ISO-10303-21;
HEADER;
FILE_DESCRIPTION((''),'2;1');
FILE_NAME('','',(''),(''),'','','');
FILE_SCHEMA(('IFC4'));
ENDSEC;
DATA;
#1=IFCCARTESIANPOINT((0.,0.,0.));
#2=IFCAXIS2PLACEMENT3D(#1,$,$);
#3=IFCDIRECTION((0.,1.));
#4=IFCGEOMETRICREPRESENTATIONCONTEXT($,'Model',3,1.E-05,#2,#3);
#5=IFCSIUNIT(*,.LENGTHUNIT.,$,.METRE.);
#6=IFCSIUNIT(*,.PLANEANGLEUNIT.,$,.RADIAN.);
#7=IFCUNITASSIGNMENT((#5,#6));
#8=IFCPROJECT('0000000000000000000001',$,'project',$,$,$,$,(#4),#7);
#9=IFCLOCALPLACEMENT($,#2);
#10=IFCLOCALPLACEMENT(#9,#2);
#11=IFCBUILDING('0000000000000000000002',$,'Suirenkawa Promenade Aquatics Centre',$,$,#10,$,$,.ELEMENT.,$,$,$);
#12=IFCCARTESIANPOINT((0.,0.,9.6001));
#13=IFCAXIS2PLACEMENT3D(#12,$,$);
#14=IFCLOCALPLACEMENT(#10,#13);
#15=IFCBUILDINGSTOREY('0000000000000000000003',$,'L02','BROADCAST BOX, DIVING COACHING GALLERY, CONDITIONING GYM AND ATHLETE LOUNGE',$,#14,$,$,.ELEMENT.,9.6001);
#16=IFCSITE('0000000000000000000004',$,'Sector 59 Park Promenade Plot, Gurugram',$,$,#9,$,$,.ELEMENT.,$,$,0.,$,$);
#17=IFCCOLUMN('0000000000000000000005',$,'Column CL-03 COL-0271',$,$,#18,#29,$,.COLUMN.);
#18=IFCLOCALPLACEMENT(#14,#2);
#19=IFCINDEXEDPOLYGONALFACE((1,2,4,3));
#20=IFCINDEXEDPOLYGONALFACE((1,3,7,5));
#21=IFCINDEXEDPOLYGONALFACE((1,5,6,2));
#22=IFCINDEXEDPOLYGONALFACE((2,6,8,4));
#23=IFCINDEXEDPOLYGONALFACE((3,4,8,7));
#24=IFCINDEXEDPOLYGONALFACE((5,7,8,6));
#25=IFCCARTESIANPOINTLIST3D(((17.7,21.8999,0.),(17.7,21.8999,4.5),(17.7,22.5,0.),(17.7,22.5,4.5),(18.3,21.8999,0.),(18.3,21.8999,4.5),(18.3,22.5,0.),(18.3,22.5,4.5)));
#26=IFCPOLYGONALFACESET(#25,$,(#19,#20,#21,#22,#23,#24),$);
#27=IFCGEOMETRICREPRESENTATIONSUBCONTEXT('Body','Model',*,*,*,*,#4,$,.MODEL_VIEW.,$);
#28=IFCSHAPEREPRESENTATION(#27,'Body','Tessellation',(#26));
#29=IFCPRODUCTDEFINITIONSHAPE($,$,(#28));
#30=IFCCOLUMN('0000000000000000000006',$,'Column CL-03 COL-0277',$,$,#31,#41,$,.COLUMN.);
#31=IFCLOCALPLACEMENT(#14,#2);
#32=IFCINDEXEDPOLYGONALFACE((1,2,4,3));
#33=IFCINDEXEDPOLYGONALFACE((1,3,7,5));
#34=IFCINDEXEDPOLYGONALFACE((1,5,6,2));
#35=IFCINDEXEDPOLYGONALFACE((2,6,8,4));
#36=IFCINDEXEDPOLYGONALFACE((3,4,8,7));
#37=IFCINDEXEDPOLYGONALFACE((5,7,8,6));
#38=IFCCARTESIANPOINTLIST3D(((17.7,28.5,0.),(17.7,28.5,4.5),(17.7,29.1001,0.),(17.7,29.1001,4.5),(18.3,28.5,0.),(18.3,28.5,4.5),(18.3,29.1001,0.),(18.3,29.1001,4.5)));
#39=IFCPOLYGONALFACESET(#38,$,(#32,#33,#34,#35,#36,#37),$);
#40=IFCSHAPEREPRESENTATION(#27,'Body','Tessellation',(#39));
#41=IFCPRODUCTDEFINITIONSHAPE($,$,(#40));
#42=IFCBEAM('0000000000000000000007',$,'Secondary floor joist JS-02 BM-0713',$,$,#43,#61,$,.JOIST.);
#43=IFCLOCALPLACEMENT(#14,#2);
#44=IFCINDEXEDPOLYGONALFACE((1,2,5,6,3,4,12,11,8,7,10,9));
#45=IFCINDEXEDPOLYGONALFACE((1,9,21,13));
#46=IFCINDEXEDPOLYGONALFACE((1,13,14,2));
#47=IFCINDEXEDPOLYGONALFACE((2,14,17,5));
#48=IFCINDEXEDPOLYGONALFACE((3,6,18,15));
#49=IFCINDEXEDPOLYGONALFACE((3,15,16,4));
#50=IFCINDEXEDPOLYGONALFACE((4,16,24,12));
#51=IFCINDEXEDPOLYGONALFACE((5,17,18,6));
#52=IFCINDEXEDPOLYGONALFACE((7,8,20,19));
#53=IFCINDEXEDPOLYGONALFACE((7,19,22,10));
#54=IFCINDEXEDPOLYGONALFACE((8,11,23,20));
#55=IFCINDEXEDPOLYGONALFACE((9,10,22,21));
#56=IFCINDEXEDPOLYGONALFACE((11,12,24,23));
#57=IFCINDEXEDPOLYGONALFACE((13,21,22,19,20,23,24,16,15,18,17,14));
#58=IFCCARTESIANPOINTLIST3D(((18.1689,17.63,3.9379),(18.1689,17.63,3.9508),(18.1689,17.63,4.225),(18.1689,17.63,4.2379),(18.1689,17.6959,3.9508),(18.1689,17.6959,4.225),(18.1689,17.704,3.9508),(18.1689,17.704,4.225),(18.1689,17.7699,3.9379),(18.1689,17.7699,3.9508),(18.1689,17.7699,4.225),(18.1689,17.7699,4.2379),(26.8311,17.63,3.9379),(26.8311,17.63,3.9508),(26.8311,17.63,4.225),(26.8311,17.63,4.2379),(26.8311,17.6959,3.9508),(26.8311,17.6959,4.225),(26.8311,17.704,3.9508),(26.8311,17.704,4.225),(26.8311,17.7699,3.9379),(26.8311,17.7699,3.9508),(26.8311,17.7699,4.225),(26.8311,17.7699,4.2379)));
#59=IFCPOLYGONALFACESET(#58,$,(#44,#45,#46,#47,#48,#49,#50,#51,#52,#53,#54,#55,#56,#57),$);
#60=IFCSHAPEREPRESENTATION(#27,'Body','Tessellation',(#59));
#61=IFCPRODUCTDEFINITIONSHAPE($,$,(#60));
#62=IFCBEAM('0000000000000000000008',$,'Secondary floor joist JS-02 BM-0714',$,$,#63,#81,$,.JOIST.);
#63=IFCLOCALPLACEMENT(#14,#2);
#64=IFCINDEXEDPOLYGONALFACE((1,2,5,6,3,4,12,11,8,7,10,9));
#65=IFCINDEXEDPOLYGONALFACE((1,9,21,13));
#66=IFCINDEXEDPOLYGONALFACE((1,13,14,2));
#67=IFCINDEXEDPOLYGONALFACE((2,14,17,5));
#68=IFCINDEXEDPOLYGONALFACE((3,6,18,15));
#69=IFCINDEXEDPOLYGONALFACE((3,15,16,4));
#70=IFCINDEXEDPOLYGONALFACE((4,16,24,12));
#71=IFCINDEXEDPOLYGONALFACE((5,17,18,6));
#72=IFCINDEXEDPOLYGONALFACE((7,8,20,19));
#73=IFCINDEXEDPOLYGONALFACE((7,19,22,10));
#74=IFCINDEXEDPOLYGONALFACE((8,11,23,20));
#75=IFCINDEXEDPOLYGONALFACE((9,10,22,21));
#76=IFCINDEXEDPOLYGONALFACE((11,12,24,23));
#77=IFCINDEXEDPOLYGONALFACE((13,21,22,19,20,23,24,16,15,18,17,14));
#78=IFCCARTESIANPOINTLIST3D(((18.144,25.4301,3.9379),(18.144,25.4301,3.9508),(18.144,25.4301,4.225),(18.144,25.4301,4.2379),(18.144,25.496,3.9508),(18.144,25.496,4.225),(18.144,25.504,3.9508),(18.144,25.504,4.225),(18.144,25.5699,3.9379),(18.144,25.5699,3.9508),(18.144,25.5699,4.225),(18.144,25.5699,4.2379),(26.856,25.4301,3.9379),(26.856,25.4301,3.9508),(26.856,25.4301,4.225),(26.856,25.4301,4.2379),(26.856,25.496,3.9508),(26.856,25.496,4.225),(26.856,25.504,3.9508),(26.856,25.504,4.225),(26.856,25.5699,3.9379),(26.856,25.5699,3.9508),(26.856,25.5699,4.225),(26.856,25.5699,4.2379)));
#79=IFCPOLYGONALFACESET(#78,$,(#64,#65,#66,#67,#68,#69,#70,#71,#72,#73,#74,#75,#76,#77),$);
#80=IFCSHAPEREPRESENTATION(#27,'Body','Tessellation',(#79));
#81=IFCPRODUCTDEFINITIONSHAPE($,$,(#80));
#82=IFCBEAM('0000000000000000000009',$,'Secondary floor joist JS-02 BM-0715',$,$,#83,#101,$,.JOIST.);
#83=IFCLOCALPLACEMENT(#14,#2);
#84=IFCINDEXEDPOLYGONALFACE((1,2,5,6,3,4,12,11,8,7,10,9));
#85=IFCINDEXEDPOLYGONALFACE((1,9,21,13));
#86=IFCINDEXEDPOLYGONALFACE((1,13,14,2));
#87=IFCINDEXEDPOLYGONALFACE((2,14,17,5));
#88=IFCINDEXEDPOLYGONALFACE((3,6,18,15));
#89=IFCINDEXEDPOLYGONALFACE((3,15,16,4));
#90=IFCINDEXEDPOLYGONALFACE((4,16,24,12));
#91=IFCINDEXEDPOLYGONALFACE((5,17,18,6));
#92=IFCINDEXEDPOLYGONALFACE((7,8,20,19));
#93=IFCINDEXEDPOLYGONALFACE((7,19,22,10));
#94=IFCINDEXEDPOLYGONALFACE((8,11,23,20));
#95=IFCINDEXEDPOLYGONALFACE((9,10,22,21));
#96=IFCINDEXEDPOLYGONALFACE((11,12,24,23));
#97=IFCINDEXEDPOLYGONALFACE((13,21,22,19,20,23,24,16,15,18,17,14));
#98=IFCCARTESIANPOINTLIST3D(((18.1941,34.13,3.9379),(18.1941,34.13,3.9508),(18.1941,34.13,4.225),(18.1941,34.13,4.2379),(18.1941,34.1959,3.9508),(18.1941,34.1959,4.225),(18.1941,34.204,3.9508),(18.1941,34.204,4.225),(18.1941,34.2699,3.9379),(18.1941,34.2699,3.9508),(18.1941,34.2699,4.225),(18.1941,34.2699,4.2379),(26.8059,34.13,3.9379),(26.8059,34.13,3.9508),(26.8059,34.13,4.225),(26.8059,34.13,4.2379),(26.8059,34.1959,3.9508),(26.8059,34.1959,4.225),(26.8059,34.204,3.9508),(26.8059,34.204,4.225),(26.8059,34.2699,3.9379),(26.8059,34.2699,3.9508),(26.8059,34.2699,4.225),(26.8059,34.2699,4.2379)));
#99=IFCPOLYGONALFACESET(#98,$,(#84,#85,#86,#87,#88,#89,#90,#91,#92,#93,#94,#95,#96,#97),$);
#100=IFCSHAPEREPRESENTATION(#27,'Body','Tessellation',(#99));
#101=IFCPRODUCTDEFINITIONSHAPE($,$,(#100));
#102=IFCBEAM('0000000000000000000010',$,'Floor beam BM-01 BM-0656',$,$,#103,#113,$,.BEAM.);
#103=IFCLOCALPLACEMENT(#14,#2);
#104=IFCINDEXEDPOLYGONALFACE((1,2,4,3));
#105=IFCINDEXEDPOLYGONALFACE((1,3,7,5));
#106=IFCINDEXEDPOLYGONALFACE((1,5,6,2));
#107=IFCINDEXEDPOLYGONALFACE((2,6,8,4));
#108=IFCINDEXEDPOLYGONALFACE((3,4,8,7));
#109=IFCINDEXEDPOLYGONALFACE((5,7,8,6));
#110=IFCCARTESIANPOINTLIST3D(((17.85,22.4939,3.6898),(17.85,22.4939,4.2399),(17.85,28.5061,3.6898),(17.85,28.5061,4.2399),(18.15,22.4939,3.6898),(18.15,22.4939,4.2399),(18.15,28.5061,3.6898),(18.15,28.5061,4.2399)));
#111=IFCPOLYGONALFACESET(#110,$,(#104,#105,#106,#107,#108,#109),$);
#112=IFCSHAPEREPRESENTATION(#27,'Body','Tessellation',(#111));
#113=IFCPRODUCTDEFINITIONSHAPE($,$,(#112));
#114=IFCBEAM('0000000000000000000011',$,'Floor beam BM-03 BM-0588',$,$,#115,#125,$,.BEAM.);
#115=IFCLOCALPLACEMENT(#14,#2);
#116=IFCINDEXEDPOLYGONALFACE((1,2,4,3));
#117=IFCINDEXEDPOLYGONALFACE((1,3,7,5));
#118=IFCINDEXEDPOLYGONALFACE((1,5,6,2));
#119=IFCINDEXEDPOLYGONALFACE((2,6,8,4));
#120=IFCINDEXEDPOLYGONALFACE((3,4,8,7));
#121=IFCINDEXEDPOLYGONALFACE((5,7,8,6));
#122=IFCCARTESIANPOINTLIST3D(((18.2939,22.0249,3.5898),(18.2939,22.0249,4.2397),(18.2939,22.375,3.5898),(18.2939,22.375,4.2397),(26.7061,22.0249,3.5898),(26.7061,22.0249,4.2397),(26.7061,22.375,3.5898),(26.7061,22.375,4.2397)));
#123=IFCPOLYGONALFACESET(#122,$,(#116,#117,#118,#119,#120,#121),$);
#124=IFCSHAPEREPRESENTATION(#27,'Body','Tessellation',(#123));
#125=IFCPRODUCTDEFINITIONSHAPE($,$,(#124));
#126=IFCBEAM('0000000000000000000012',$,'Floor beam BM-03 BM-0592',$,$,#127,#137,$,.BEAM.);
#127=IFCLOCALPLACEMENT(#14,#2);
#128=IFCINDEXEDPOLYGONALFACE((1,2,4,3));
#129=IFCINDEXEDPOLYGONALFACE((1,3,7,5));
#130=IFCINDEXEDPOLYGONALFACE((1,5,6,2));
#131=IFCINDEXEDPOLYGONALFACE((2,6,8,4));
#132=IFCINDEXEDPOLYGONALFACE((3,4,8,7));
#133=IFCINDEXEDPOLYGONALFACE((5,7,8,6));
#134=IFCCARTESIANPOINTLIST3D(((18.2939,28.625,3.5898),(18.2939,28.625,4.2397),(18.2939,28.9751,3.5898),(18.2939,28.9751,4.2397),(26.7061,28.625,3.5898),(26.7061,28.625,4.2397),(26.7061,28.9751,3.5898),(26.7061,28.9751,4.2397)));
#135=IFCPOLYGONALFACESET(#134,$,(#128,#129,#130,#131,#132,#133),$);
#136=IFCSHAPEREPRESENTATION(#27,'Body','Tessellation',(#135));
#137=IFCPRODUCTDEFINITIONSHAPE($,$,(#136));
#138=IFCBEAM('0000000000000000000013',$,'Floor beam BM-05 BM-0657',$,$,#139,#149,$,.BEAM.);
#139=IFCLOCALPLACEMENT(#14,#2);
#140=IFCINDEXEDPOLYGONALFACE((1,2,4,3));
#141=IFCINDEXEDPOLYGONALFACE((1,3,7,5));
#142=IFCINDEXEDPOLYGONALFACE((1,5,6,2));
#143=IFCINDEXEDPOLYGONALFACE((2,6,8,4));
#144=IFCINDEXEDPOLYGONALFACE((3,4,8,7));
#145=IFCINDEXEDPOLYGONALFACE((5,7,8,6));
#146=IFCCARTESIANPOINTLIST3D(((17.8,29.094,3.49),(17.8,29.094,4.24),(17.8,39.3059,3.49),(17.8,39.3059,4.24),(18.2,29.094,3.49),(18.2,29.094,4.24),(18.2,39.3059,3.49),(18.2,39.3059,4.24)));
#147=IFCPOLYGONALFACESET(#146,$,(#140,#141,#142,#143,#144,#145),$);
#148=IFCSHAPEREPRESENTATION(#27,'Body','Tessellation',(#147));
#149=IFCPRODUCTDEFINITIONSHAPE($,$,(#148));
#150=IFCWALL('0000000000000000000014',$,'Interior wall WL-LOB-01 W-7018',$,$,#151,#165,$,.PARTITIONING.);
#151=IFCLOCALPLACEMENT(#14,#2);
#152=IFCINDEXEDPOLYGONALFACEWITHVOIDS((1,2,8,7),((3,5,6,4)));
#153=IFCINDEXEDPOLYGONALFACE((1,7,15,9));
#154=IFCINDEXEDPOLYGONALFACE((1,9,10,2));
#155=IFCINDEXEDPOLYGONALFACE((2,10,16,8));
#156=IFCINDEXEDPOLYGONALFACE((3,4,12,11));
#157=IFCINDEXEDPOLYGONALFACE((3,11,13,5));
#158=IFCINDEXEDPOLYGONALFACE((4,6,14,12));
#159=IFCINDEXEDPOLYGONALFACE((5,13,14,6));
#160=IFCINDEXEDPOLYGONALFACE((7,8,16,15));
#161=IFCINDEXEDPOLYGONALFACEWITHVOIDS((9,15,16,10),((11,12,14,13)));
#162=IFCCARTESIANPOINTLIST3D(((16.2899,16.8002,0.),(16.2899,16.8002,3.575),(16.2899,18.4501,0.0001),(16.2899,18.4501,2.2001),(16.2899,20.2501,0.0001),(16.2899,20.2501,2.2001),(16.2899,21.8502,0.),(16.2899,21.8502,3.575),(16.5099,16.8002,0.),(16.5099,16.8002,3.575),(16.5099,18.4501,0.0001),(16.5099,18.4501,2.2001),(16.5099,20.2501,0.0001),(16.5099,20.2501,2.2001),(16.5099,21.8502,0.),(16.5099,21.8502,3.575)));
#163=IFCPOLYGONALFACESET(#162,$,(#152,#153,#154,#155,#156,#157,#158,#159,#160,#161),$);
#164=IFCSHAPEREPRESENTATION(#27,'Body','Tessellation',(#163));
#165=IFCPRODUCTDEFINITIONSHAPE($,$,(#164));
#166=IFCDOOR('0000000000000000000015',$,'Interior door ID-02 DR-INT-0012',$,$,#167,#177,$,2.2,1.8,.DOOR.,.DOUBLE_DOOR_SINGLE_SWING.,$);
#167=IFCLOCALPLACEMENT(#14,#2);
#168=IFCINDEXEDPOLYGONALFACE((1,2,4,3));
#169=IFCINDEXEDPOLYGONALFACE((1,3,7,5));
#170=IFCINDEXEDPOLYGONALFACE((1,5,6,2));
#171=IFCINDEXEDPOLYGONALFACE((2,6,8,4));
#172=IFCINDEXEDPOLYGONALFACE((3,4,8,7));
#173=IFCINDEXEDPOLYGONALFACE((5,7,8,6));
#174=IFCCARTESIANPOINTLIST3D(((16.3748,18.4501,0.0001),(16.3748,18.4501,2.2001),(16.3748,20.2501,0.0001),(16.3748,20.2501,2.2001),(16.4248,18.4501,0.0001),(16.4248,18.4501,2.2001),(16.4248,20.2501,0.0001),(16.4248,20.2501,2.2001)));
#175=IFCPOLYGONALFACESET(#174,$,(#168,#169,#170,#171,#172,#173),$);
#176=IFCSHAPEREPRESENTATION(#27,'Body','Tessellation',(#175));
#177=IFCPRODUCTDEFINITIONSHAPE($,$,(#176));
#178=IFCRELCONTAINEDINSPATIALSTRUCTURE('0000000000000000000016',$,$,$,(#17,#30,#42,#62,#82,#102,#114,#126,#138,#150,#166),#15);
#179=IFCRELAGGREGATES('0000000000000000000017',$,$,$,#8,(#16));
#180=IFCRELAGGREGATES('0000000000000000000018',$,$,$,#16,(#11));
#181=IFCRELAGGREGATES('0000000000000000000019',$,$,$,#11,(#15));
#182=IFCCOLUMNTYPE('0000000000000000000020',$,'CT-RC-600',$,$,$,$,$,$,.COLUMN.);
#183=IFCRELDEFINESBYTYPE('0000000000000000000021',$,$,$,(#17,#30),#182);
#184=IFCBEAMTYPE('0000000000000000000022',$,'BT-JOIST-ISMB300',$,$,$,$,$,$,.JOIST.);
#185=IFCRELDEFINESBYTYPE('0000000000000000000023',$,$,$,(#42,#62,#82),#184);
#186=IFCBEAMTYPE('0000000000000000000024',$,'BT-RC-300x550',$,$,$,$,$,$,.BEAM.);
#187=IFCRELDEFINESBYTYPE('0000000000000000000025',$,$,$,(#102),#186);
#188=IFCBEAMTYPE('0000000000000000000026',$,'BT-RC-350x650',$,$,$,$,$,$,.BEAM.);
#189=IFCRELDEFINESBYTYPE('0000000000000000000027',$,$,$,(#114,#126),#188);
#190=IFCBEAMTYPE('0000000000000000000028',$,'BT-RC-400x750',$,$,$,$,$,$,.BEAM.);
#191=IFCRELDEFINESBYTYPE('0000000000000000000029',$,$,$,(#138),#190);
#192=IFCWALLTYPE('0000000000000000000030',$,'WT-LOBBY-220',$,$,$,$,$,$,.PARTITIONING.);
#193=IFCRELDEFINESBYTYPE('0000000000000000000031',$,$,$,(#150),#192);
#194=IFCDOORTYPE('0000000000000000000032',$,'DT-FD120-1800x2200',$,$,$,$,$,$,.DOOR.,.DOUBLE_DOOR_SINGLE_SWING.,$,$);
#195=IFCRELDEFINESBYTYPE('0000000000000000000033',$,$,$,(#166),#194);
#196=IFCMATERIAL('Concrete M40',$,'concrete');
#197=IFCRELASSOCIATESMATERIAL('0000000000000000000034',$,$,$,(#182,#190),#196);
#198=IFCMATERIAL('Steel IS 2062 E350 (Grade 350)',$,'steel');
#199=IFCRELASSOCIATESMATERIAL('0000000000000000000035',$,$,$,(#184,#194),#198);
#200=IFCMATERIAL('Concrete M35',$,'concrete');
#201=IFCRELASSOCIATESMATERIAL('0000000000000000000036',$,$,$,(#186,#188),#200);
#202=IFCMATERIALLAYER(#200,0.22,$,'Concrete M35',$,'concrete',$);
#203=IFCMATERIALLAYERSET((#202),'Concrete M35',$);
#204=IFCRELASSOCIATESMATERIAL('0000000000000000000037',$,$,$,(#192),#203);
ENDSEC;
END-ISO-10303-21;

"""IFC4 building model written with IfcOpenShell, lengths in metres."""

from ifc_helpers import new_model, si_unit, direction, frame, frame_2d, origin, origin_2d, place, context, subcontext, project, spatial, rectangle, i_section, extrude, material, layer, layer_set, material_profile, profile_set, type_object, element, fill, save


model = new_model("IFC4")

# Units and contexts
model_context = context("Model", 3, precision=1e-05, world=origin(), true_north=direction((0.0, 1.0)))
body_context = subcontext(model_context, "Body", "Model", "MODEL_VIEW")
ifc_project = project(units=[si_unit("LENGTHUNIT", "METRE"), si_unit("PLANEANGLEUNIT", "RADIAN")], contexts=[model_context])

# Site, building, storey
site_placement = place(None, origin())
site = spatial("IfcSite", under=ifc_project, at=site_placement, Name="Sector 59 Park Promenade Plot, Gurugram", CompositionType="ELEMENT", RefElevation=0.0)
building_placement = place(site_placement, origin())
building = spatial("IfcBuilding", under=site, at=building_placement, Name="Suirenkawa Promenade Aquatics Centre", CompositionType="ELEMENT")
storey_placement = place(building_placement, frame((0.0, 0.0, 9.6001)))
storey = spatial("IfcBuildingStorey", under=building, at=storey_placement, Name="L02", Description="BROADCAST BOX, DIVING COACHING GALLERY, CONDITIONING GYM AND ATHLETE LOUNGE", CompositionType="ELEMENT", Elevation=9.6001)

# Columns
ifc_material_1 = material(Name="Concrete M40", Category="concrete")
ifc_material_profile_1 = material_profile(ifc_material_1, rectangle(XDim=0.6001, YDim=0.6001, at=origin_2d()), Name="RC COL 600x600", Category="concrete")
ifc_profile_set_1 = profile_set([ifc_material_profile_1], Name="Concrete M40")
column_type = type_object("IfcColumnType", Name="CT-RC-600", PredefinedType="COLUMN", material=ifc_profile_set_1)
for number, where, z_axis, x_axis, name in (
    (1, (18.0, 22.2, 0.0), (0.0, 0.0, 1.0), (1.0, 0.0, 0.0), "Column CL-03 COL-0271"),
    (2, (18.0, 28.8, 0.0), (0.0, 0.0, 1.0), (1.0, 0.0, 0.0), "Column CL-03 COL-0277"),
):
    element("IfcColumn", number, at=place(storey_placement, frame(where, z_axis=z_axis, x_axis=x_axis)), inside=storey, type_object=column_type, Name=name, PredefinedType="COLUMN", context=body_context, shape_type="SweptSolid", body=[
        extrude(rectangle(XDim=0.6001, YDim=0.6001, at=origin_2d()), origin(), (0.0, 0.0, 1.0), 4.5),
    ])

# Beams
ifc_material_2 = material(Name="Steel IS 2062 E350 (Grade 350)", Category="steel")
ifc_material_profile_2 = material_profile(ifc_material_2, i_section(OverallWidth=0.1399, OverallDepth=0.3, WebThickness=0.0081, FlangeThickness=0.0129, at=origin_2d()), Name="ISMB 300", Category="steel")
ifc_profile_set_2 = profile_set([ifc_material_profile_2], Name="Steel IS 2062 E350 (Grade 350)")
beam_type_1 = type_object("IfcBeamType", Name="BT-JOIST-ISMB300", PredefinedType="JOIST", material=ifc_profile_set_2)
beam_1_placement = place(storey_placement, frame((18.1689, 17.7, 4.0879), z_axis=(1.0, 0.0, 0.0), x_axis=(0.0, 1.0, 0.0)))
element("IfcBeam", 3, at=beam_1_placement, inside=storey, type_object=beam_type_1, Name="Secondary floor joist JS-02 BM-0713", PredefinedType="JOIST", context=body_context, shape_type="SweptSolid", body=[
    extrude(i_section(OverallWidth=0.1399, OverallDepth=0.3, WebThickness=0.0081, FlangeThickness=0.0129, at=origin_2d()), origin(), (0.0, 0.0, 1.0), 8.6621),
])
beam_2_placement = place(storey_placement, frame((18.144, 25.5, 4.0879), z_axis=(1.0, 0.0, 0.0), x_axis=(0.0, 1.0, 0.0)))
element("IfcBeam", 4, at=beam_2_placement, inside=storey, type_object=beam_type_1, Name="Secondary floor joist JS-02 BM-0714", PredefinedType="JOIST", context=body_context, shape_type="SweptSolid", body=[
    extrude(i_section(OverallWidth=0.1399, OverallDepth=0.3, WebThickness=0.0081, FlangeThickness=0.0129, at=origin_2d()), origin(), (0.0, 0.0, 1.0), 8.7119),
])
beam_3_placement = place(storey_placement, frame((18.1941, 34.2, 4.0879), z_axis=(1.0, 0.0, 0.0), x_axis=(0.0, 1.0, 0.0)))
element("IfcBeam", 5, at=beam_3_placement, inside=storey, type_object=beam_type_1, Name="Secondary floor joist JS-02 BM-0715", PredefinedType="JOIST", context=body_context, shape_type="SweptSolid", body=[
    extrude(i_section(OverallWidth=0.1399, OverallDepth=0.3, WebThickness=0.0081, FlangeThickness=0.0129, at=origin_2d()), origin(), (0.0, 0.0, 1.0), 8.6118),
])
ifc_material_3 = material(Name="Concrete M35", Category="concrete")
ifc_material_profile_3 = material_profile(ifc_material_3, rectangle(XDim=0.3, YDim=0.55, at=origin_2d()), Name="RC BM 300x550", Category="concrete")
ifc_profile_set_3 = profile_set([ifc_material_profile_3], Name="Concrete M35")
beam_type_2 = type_object("IfcBeamType", Name="BT-RC-300x550", PredefinedType="BEAM", material=ifc_profile_set_3)
beam_4_placement = place(storey_placement, frame((18.0, 22.4939, 3.9648), z_axis=(0.0, 1.0, 0.0), x_axis=(-1.0, 0.0, 0.0)))
element("IfcBeam", 6, at=beam_4_placement, inside=storey, type_object=beam_type_2, Name="Floor beam BM-01 BM-0656", PredefinedType="BEAM", context=body_context, shape_type="SweptSolid", body=[
    extrude(rectangle(XDim=0.3, YDim=0.55, at=origin_2d()), origin(), (0.0, 0.0, 1.0), 6.0122),
])
ifc_material_profile_4 = material_profile(ifc_material_3, rectangle(XDim=0.3501, YDim=0.6499, at=origin_2d()), Name="RC BM 350x650", Category="concrete")
ifc_profile_set_4 = profile_set([ifc_material_profile_4], Name="Concrete M35")
beam_type_3 = type_object("IfcBeamType", Name="BT-RC-350x650", PredefinedType="BEAM", material=ifc_profile_set_4)
for number, where, z_axis, x_axis, name in (
    (7, (18.2939, 22.2, 3.9148), (1.0, 0.0, 0.0), (0.0, 1.0, 0.0), "Floor beam BM-03 BM-0588"),
    (8, (18.2939, 28.8, 3.9148), (1.0, 0.0, 0.0), (0.0, 1.0, 0.0), "Floor beam BM-03 BM-0592"),
):
    element("IfcBeam", number, at=place(storey_placement, frame(where, z_axis=z_axis, x_axis=x_axis)), inside=storey, type_object=beam_type_3, Name=name, PredefinedType="BEAM", context=body_context, shape_type="SweptSolid", body=[
        extrude(rectangle(XDim=0.3501, YDim=0.6499, at=origin_2d()), origin(), (0.0, 0.0, 1.0), 8.4121),
    ])
ifc_material_profile_5 = material_profile(ifc_material_1, rectangle(XDim=0.3999, YDim=0.75, at=origin_2d()), Name="RC BM 400x750", Category="concrete")
ifc_profile_set_5 = profile_set([ifc_material_profile_5], Name="Concrete M40")
beam_type_4 = type_object("IfcBeamType", Name="BT-RC-400x750", PredefinedType="BEAM", material=ifc_profile_set_5)
beam_5_placement = place(storey_placement, frame((18.0, 29.094, 3.865), z_axis=(0.0, 1.0, 0.0), x_axis=(-1.0, 0.0, 0.0)))
element("IfcBeam", 9, at=beam_5_placement, inside=storey, type_object=beam_type_4, Name="Floor beam BM-05 BM-0657", PredefinedType="BEAM", context=body_context, shape_type="SweptSolid", body=[
    extrude(rectangle(XDim=0.3999, YDim=0.75, at=origin_2d()), origin(), (0.0, 0.0, 1.0), 10.2119),
])

# Wall, opening, door
ifc_layer_1 = layer(ifc_material_3, 0.22, Name="Concrete M35", Category="concrete")
ifc_layer_set_1 = layer_set([ifc_layer_1], Name="Concrete M35")
wall_type_1 = type_object("IfcWallType", Name="WT-LOBBY-220", PredefinedType="PARTITIONING", material=ifc_layer_set_1)
wall_1_placement = place(storey_placement, frame((16.3999, 21.8501, 0.0), z_axis=(0.0, 0.0, 1.0), x_axis=(0.0, -1.0, 0.0)))
wall_1 = element("IfcWall", 10, at=wall_1_placement, inside=storey, type_object=wall_type_1, Name="Interior wall WL-LOB-01 W-7018", PredefinedType="PARTITIONING", context=body_context, shape_type="SweptSolid", body=[
    extrude(rectangle(XDim=5.05, YDim=0.22, at=frame_2d((2.5249, 0.0))), origin(), (0.0, 0.0, 1.0), 3.575),
])
opening_1_placement = place(wall_1_placement, frame((1.6001, 0.0, 0.0)))
opening_1 = element("IfcOpeningElement", 11, at=opening_1_placement, cuts=wall_1, PredefinedType="OPENING", context=body_context, shape_type="SweptSolid", body=[
    extrude(rectangle(XDim=1.8, YDim=2.2, at=frame_2d((0.8999, 1.1001))), frame((0.0, 0.1199, 0.0), z_axis=(0.0, -1.0, 0.0), x_axis=(1.0, 0.0, 0.0)), (0.0, 0.0, 1.0), 0.24),
])
door_type_1 = type_object("IfcDoorType", Name="DT-FD120-1800x2200", OperationType="DOUBLE_DOOR_SINGLE_SWING", PredefinedType="DOOR", material=ifc_material_2)
door_1_placement = place(opening_1_placement, origin())
door_1 = element("IfcDoor", 12, at=door_1_placement, inside=storey, type_object=door_type_1, Name="Interior door ID-02 DR-INT-0012", OperationType="DOUBLE_DOOR_SINGLE_SWING", OverallHeight=2.2, OverallWidth=1.8, PredefinedType="DOOR", context=body_context, shape_type="SweptSolid", body=[
    extrude(rectangle(XDim=1.8, YDim=2.2, at=frame_2d((0.8999, 1.1001))), frame((0.0, 0.0249, 0.0), z_axis=(0.0, -1.0, 0.0), x_axis=(1.0, 0.0, 0.0)), (0.0, 0.0, 1.0), 0.05),
])
fill(opening_1, door_1)

save(model, "model.ifc")
